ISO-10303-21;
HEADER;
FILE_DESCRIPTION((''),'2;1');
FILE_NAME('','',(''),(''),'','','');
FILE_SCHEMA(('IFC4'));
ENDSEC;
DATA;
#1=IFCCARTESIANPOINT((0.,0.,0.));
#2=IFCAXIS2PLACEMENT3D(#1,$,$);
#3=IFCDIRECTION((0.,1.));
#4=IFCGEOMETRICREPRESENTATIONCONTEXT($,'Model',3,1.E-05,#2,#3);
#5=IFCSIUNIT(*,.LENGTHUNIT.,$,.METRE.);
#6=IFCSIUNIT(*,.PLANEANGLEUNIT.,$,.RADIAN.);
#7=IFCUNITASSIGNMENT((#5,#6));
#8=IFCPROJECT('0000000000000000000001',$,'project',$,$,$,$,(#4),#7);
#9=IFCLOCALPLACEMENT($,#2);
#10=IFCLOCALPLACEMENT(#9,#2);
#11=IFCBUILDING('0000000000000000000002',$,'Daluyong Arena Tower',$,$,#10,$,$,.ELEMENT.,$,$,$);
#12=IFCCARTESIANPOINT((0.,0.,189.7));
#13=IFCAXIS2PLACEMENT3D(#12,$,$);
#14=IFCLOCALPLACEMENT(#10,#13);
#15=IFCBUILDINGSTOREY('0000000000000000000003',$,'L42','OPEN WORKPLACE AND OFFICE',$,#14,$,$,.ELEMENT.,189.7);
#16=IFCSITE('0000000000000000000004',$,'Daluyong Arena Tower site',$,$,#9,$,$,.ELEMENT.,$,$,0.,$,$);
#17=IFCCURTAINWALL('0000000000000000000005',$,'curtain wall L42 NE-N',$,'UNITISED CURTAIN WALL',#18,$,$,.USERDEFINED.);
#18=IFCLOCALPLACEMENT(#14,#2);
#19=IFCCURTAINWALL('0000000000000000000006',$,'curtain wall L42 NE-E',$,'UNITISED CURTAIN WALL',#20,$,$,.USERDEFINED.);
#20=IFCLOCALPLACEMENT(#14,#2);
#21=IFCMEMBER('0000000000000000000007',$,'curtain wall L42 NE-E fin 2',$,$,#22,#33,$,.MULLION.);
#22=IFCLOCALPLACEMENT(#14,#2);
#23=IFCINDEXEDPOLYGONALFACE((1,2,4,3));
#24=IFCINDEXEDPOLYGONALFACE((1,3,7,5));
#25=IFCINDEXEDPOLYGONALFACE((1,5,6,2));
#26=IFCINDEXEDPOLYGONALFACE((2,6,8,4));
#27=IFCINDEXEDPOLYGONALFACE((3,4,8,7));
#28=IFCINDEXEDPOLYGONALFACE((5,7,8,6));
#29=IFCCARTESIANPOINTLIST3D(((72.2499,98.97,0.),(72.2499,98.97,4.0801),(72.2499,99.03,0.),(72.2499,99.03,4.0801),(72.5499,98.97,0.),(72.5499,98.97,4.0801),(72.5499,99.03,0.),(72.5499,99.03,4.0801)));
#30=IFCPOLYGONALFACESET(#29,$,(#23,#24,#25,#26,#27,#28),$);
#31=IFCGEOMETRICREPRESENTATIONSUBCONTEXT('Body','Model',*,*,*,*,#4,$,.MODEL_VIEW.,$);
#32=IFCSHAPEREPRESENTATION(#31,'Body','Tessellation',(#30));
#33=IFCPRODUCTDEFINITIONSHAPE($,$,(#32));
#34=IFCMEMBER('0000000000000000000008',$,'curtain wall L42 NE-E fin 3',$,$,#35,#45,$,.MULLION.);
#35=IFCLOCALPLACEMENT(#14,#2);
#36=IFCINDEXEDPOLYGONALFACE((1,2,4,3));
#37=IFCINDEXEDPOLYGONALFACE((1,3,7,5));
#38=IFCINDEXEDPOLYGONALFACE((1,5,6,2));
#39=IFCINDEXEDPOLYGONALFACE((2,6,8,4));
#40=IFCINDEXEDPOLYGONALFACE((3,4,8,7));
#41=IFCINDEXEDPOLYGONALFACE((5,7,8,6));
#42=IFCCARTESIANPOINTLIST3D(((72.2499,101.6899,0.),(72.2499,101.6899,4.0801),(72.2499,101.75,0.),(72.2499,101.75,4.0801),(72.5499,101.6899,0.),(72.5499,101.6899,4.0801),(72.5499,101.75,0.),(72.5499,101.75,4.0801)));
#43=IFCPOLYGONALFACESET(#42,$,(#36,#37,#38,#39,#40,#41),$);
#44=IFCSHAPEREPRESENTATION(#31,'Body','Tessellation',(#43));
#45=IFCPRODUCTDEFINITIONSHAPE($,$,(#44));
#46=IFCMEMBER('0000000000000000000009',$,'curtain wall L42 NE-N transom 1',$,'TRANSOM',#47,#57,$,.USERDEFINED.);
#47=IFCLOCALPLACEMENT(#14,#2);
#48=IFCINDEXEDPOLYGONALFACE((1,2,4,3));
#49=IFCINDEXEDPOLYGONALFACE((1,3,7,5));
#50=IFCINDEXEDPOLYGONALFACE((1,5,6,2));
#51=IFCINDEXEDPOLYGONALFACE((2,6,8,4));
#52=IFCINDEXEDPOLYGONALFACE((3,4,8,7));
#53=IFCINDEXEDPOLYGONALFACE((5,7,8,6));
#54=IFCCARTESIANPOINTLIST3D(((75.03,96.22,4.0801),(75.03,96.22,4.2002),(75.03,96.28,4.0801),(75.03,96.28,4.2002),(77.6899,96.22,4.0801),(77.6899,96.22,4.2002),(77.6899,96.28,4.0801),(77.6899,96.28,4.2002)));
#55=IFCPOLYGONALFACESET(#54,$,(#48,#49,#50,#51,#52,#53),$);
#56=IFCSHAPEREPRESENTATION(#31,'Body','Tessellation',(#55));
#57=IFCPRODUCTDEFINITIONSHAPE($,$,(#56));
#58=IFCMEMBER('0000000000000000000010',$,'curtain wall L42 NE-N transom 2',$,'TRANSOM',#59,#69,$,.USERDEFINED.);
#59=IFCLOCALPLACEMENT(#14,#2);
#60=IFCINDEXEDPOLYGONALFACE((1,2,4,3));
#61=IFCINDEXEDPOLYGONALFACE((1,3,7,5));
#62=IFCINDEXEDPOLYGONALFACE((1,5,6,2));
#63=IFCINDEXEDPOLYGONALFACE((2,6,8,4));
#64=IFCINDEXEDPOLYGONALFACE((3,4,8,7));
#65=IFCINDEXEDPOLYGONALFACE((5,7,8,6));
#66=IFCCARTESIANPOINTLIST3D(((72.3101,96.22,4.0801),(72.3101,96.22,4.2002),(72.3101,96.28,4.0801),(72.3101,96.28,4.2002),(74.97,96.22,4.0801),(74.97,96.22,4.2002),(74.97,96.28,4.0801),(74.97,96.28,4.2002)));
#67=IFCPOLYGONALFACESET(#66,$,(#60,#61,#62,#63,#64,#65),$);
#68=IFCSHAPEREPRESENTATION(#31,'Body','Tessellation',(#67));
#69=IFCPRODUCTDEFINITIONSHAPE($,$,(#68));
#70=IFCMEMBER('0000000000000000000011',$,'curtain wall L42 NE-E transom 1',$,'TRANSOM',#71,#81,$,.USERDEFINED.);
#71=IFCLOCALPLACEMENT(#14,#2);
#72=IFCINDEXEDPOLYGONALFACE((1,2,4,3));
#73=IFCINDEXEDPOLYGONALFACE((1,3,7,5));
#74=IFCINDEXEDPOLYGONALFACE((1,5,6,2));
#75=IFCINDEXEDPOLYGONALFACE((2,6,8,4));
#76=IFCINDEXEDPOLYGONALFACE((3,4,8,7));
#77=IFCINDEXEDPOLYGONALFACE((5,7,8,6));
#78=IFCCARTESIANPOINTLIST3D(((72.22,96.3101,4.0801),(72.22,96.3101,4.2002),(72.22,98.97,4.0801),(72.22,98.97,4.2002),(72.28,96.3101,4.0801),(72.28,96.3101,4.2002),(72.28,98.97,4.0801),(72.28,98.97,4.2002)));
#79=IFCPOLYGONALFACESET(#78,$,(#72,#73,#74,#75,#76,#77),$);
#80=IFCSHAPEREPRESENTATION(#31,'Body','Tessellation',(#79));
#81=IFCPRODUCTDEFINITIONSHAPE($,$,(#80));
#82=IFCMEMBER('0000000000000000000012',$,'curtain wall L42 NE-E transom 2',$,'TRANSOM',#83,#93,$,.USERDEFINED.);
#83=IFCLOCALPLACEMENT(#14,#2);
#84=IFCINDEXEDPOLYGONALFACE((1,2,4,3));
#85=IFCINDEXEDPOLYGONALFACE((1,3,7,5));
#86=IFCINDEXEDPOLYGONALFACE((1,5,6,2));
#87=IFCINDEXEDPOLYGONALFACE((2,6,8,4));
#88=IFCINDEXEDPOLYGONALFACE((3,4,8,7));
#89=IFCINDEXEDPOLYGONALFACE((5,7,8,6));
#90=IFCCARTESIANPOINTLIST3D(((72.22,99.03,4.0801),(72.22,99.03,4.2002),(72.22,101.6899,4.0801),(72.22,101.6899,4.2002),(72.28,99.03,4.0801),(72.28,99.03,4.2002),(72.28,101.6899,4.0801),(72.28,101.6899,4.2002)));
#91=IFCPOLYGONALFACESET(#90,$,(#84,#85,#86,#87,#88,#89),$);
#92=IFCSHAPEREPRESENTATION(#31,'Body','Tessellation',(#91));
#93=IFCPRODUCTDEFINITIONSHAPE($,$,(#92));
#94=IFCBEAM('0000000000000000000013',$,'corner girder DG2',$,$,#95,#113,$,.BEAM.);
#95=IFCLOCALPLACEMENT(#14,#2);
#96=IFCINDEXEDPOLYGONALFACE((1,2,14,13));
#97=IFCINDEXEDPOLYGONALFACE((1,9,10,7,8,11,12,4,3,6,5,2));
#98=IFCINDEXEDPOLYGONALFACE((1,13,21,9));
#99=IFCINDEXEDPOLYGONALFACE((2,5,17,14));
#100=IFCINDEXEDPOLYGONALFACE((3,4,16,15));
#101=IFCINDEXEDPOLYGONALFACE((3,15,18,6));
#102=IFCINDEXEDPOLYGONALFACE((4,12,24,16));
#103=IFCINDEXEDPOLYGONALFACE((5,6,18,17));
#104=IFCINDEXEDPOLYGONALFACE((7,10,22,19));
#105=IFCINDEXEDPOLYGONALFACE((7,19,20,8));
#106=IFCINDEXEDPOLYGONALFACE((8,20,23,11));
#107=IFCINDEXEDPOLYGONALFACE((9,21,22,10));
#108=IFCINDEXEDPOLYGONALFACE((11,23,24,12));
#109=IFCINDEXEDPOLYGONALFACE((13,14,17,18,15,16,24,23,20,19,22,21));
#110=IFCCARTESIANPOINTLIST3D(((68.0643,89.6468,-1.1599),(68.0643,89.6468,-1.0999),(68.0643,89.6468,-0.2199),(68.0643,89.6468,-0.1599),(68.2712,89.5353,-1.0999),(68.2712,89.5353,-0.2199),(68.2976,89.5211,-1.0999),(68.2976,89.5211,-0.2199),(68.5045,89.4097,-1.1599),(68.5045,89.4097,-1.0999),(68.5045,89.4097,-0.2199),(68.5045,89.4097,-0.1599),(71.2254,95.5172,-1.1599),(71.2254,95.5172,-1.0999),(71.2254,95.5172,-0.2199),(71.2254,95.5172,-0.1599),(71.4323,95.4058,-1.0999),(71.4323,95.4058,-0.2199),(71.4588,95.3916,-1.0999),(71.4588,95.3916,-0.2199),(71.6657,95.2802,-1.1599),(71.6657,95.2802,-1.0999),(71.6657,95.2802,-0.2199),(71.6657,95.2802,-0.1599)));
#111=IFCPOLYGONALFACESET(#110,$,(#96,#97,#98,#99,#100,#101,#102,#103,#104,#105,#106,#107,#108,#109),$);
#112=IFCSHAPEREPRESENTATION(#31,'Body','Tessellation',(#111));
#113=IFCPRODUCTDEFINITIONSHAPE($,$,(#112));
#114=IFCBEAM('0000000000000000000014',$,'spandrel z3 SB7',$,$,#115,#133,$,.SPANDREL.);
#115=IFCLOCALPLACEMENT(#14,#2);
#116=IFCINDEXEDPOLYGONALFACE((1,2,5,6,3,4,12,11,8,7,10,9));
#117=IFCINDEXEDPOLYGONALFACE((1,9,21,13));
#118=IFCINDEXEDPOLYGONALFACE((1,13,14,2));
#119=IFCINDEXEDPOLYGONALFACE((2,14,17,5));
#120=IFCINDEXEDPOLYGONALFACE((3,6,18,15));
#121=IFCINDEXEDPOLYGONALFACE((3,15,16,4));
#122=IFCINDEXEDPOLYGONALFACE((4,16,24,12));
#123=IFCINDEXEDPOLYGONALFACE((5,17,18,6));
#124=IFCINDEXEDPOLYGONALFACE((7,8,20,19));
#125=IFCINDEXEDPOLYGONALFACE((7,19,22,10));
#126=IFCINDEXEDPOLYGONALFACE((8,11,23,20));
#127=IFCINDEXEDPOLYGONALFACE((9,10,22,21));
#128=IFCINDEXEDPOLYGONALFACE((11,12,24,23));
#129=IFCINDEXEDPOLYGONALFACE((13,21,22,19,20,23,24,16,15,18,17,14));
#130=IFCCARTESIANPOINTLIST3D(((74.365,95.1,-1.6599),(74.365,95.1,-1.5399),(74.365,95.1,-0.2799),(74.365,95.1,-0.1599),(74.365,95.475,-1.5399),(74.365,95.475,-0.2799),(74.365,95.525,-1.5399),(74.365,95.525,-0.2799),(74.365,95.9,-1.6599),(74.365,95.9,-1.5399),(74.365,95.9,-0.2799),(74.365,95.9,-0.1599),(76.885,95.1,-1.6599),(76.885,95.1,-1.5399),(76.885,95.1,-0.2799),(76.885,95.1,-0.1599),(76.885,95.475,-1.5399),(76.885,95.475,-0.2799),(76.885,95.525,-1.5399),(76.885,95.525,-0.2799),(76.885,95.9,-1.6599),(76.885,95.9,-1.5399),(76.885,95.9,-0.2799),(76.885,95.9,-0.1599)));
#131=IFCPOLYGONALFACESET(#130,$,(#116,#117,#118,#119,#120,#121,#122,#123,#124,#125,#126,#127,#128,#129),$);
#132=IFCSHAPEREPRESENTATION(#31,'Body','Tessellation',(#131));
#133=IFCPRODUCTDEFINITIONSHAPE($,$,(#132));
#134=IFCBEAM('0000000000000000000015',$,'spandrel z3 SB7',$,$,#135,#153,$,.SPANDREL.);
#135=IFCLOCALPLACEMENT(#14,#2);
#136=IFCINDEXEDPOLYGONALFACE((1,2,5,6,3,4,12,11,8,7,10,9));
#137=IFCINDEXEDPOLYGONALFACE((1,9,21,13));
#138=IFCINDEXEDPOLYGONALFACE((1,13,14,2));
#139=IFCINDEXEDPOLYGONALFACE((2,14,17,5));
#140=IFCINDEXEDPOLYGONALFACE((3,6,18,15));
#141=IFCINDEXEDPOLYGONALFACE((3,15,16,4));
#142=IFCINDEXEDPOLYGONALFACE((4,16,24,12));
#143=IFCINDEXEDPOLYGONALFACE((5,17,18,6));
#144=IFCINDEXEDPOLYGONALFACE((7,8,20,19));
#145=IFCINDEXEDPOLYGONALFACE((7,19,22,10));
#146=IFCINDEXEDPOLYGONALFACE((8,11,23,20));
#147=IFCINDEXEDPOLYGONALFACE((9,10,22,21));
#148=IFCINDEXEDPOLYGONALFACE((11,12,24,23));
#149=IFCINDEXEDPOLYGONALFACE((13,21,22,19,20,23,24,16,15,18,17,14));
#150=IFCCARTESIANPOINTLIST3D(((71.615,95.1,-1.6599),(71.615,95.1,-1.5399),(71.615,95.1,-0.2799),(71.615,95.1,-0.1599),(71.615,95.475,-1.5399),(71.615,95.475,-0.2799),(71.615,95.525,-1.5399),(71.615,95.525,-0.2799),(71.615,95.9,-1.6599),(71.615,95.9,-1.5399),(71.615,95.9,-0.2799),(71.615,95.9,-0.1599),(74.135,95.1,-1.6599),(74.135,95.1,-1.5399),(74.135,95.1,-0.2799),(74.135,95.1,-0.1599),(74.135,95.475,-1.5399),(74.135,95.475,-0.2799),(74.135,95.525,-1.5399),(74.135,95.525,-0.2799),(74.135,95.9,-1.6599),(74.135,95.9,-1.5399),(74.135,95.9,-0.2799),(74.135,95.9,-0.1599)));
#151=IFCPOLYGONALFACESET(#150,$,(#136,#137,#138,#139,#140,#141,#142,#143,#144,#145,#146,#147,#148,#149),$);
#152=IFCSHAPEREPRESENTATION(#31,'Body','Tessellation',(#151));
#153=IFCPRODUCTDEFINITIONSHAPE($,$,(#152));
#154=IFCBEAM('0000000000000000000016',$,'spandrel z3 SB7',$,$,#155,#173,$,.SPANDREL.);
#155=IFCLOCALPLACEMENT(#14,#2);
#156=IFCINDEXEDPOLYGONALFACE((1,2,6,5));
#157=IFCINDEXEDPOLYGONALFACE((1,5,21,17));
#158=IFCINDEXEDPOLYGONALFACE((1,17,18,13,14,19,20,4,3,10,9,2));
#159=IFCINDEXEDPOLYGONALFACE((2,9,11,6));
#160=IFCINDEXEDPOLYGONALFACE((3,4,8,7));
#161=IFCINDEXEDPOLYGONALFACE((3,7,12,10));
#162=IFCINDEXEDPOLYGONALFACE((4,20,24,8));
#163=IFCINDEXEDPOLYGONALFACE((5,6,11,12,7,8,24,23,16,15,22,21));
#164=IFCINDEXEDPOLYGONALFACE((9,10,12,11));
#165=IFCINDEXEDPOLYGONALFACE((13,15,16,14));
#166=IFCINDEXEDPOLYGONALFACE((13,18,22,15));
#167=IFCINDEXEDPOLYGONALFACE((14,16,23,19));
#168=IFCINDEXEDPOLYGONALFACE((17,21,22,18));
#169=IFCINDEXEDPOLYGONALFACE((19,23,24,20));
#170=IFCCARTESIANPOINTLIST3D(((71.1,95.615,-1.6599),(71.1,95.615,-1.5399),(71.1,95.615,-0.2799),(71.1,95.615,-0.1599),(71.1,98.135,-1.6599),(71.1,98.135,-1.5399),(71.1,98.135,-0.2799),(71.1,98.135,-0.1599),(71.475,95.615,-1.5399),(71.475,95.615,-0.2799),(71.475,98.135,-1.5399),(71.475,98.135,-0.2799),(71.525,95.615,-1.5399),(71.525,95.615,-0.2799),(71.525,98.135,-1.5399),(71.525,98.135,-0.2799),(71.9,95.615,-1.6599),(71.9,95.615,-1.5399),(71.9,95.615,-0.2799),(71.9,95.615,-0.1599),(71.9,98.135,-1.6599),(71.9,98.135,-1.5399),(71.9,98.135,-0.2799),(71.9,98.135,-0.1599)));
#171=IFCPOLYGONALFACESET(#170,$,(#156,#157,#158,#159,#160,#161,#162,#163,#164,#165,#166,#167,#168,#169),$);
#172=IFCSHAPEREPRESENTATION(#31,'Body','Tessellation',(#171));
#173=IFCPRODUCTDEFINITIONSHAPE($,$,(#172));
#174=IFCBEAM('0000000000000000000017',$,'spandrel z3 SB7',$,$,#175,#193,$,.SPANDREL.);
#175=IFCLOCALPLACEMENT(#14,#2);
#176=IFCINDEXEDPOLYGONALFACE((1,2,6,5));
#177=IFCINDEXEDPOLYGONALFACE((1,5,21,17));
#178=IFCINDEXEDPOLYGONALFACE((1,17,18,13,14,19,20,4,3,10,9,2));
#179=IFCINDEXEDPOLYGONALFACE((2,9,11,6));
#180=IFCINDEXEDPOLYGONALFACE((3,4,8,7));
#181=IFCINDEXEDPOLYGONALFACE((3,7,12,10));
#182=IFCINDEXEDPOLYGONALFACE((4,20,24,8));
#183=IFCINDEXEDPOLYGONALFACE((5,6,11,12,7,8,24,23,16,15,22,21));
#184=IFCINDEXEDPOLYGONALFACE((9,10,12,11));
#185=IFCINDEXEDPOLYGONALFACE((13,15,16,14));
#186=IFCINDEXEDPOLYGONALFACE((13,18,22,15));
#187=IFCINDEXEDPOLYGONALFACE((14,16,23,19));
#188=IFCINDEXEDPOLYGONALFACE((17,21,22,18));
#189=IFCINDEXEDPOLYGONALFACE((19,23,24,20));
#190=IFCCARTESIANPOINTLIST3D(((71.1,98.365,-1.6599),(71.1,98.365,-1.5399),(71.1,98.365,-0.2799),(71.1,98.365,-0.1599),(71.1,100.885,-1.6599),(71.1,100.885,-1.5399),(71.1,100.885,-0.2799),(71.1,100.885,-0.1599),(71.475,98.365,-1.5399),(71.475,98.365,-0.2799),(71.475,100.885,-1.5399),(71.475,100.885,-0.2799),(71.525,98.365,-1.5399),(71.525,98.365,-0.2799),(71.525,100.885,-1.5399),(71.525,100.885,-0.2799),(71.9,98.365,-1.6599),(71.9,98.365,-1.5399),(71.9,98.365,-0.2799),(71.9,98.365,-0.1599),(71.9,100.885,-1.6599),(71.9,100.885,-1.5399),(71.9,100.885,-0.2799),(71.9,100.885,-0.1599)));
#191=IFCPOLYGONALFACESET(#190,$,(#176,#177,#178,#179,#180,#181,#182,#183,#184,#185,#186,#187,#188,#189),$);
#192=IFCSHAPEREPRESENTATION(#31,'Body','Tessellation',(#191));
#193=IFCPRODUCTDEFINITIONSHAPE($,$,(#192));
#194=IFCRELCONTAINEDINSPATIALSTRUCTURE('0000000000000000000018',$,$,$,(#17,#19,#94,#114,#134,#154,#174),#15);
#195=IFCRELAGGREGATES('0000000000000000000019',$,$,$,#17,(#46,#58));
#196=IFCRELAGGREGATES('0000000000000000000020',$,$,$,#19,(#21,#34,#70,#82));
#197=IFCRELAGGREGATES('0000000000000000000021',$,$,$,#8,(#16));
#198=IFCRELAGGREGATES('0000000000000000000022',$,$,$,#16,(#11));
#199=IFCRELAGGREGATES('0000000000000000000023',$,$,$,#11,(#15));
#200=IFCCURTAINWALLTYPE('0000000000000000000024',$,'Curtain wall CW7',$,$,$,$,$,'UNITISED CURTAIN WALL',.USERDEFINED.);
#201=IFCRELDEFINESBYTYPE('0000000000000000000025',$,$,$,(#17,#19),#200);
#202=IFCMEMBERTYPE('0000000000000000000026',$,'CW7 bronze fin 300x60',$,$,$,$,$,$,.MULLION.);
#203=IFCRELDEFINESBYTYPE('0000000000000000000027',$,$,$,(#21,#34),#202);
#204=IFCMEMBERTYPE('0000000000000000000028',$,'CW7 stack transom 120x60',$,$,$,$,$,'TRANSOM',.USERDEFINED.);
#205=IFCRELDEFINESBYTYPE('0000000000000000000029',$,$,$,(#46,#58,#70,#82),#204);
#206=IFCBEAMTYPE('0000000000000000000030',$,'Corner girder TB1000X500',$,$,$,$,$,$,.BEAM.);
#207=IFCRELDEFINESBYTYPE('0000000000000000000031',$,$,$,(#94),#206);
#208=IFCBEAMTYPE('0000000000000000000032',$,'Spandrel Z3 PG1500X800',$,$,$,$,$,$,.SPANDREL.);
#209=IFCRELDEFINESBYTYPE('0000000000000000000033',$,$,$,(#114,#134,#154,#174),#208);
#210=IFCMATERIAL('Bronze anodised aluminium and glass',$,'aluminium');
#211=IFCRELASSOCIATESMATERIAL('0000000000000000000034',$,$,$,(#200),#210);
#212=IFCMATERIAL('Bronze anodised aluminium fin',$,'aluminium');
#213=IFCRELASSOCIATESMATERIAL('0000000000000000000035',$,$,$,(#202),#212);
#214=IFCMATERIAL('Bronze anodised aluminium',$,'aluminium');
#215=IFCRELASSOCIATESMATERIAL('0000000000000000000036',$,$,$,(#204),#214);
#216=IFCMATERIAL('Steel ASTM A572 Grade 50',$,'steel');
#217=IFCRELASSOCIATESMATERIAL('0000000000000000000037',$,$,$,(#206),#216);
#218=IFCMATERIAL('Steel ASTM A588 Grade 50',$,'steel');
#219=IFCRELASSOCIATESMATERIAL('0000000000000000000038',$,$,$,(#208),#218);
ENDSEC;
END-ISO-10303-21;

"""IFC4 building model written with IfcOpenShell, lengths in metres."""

from ifc_helpers import new_model, si_unit, direction, frame, origin, origin_2d, place, context, subcontext, project, spatial, rectangle, i_section, extrude, material, material_profile, profile_set, type_object, element, aggregate, save


model = new_model("IFC4")

# Units and contexts
model_context = context("Model", 3, precision=1e-05, world=origin(), true_north=direction((0.0, 1.0)))
body_context = subcontext(model_context, "Body", "Model", "MODEL_VIEW")
ifc_project = project(units=[si_unit("LENGTHUNIT", "METRE"), si_unit("PLANEANGLEUNIT", "RADIAN")], contexts=[model_context])

# Site, building, storey
site_placement = place(None, origin())
site = spatial("IfcSite", under=ifc_project, at=site_placement, Name="Daluyong Arena Tower site", CompositionType="ELEMENT", RefElevation=0.0)
building_placement = place(site_placement, origin())
building = spatial("IfcBuilding", under=site, at=building_placement, Name="Daluyong Arena Tower", CompositionType="ELEMENT")
storey_placement = place(building_placement, frame((0.0, 0.0, 189.7)))
storey = spatial("IfcBuildingStorey", under=building, at=storey_placement, Name="L42", Description="OPEN WORKPLACE AND OFFICE", CompositionType="ELEMENT", Elevation=189.7)

# Curtain walls, members
ifc_material_1 = material(Name="Bronze anodised aluminium and glass", Category="aluminium")
curtain_wall_type_1 = type_object("IfcCurtainWallType", Name="Curtain wall CW7", ElementType="UNITISED CURTAIN WALL", PredefinedType="USERDEFINED", material=ifc_material_1)
curtain_wall_1_placement = place(storey_placement, origin())
curtain_wall_1 = element("IfcCurtainWall", 1, at=curtain_wall_1_placement, inside=storey, type_object=curtain_wall_type_1, Name="curtain wall L42 NE-N", ObjectType="UNITISED CURTAIN WALL", PredefinedType="USERDEFINED")
ifc_material_2 = material(Name="Bronze anodised aluminium fin", Category="aluminium")
ifc_material_profile_1 = material_profile(ifc_material_2, rectangle(XDim=0.3, YDim=0.0601, at=origin_2d()))
ifc_profile_set_1 = profile_set([ifc_material_profile_1], Name="Bronze anodised aluminium fin")
member_type_1 = type_object("IfcMemberType", Name="CW7 bronze fin 300x60", PredefinedType="MULLION", material=ifc_profile_set_1)
curtain_wall_2_placement = place(storey_placement, origin())
curtain_wall_2 = element("IfcCurtainWall", 2, at=curtain_wall_2_placement, inside=storey, type_object=curtain_wall_type_1, Name="curtain wall L42 NE-E", ObjectType="UNITISED CURTAIN WALL", PredefinedType="USERDEFINED")
member_1_placement = place(storey_placement, frame((72.3999, 99.0, 0.0), z_axis=(0.0, 0.0, 1.0), x_axis=(-1.0, 0.0, 0.0)))
member_1 = element("IfcMember", 3, at=member_1_placement, type_object=member_type_1, Name="curtain wall L42 NE-E fin 2", PredefinedType="MULLION", context=body_context, shape_type="SweptSolid", body=[
    extrude(rectangle(XDim=0.3, YDim=0.0601, at=origin_2d()), origin(), (0.0, 0.0, 1.0), 4.0801),
])
member_2_placement = place(storey_placement, frame((72.3999, 101.72, 0.0), z_axis=(0.0, 0.0, 1.0), x_axis=(-1.0, 0.0, 0.0)))
member_2 = element("IfcMember", 4, at=member_2_placement, type_object=member_type_1, Name="curtain wall L42 NE-E fin 3", PredefinedType="MULLION", context=body_context, shape_type="SweptSolid", body=[
    extrude(rectangle(XDim=0.3, YDim=0.0601, at=origin_2d()), origin(), (0.0, 0.0, 1.0), 4.0801),
])

# Members
ifc_material_3 = material(Name="Bronze anodised aluminium", Category="aluminium")
ifc_material_profile_2 = material_profile(ifc_material_3, rectangle(XDim=0.0601, YDim=0.1201, at=origin_2d()))
ifc_profile_set_2 = profile_set([ifc_material_profile_2], Name="Bronze anodised aluminium")
member_type_2 = type_object("IfcMemberType", Name="CW7 stack transom 120x60", ElementType="TRANSOM", PredefinedType="USERDEFINED", material=ifc_profile_set_2)
member_3_placement = place(storey_placement, frame((77.6899, 96.25, 4.1401), z_axis=(-1.0, 0.0, 0.0), x_axis=(0.0, -1.0, 0.0)))
member_3 = element("IfcMember", 5, at=member_3_placement, type_object=member_type_2, Name="curtain wall L42 NE-N transom 1", ObjectType="TRANSOM", PredefinedType="USERDEFINED", context=body_context, shape_type="SweptSolid", body=[
    extrude(rectangle(XDim=0.0601, YDim=0.1201, at=origin_2d()), origin(), (0.0, 0.0, 1.0), 2.6599),
])
member_4_placement = place(storey_placement, frame((74.97, 96.25, 4.1401), z_axis=(-1.0, 0.0, 0.0), x_axis=(0.0, -1.0, 0.0)))
member_4 = element("IfcMember", 6, at=member_4_placement, type_object=member_type_2, Name="curtain wall L42 NE-N transom 2", ObjectType="TRANSOM", PredefinedType="USERDEFINED", context=body_context, shape_type="SweptSolid", body=[
    extrude(rectangle(XDim=0.0601, YDim=0.1201, at=origin_2d()), origin(), (0.0, 0.0, 1.0), 2.6599),
])
member_5_placement = place(storey_placement, frame((72.25, 96.3101, 4.1401), z_axis=(0.0, 1.0, 0.0), x_axis=(-1.0, 0.0, 0.0)))
member_5 = element("IfcMember", 7, at=member_5_placement, type_object=member_type_2, Name="curtain wall L42 NE-E transom 1", ObjectType="TRANSOM", PredefinedType="USERDEFINED", context=body_context, shape_type="SweptSolid", body=[
    extrude(rectangle(XDim=0.0601, YDim=0.1201, at=origin_2d()), origin(), (0.0, 0.0, 1.0), 2.6599),
])
member_6_placement = place(storey_placement, frame((72.25, 99.03, 4.1401), z_axis=(0.0, 1.0, 0.0), x_axis=(-1.0, 0.0, 0.0)))
member_6 = element("IfcMember", 8, at=member_6_placement, type_object=member_type_2, Name="curtain wall L42 NE-E transom 2", ObjectType="TRANSOM", PredefinedType="USERDEFINED", context=body_context, shape_type="SweptSolid", body=[
    extrude(rectangle(XDim=0.0601, YDim=0.1201, at=origin_2d()), origin(), (0.0, 0.0, 1.0), 2.6599),
])

# Beams
ifc_material_4 = material(Name="Steel ASTM A572 Grade 50", Category="steel")
ifc_material_profile_3 = material_profile(ifc_material_4, i_section(OverallWidth=0.5, OverallDepth=1.0, WebThickness=0.03, FlangeThickness=0.06, at=origin_2d()))
ifc_profile_set_3 = profile_set([ifc_material_profile_3], Name="Steel ASTM A572 Grade 50")
beam_type_1 = type_object("IfcBeamType", Name="Corner girder TB1000X500", PredefinedType="BEAM", material=ifc_profile_set_3)
beam_1_placement = place(storey_placement, frame((71.4456, 95.3987, -0.6599), z_axis=(-0.474119, -0.880461, 0.0), x_axis=(0.880461, -0.474119, 0.0)))
element("IfcBeam", 9, at=beam_1_placement, inside=storey, type_object=beam_type_1, Name="corner girder DG2", PredefinedType="BEAM", context=body_context, shape_type="SweptSolid", body=[
    extrude(i_section(OverallWidth=0.5, OverallDepth=1.0, WebThickness=0.03, FlangeThickness=0.06, at=origin_2d()), origin(), (0.0, 0.0, 1.0), 6.6675),
])
ifc_material_5 = material(Name="Steel ASTM A588 Grade 50", Category="steel")
ifc_material_profile_4 = material_profile(ifc_material_5, i_section(OverallWidth=0.8, OverallDepth=1.5, WebThickness=0.05, FlangeThickness=0.12, at=origin_2d()))
ifc_profile_set_4 = profile_set([ifc_material_profile_4], Name="Steel ASTM A588 Grade 50")
beam_type_2 = type_object("IfcBeamType", Name="Spandrel Z3 PG1500X800", PredefinedType="SPANDREL", material=ifc_profile_set_4)
for number, where, z_axis, x_axis, name in (
    (10, (76.885, 95.5, -0.9099), (-1.0, 0.0, 0.0), (0.0, -1.0, 0.0), "spandrel z3 SB7"),
    (11, (74.135, 95.5, -0.9099), (-1.0, 0.0, 0.0), (0.0, -1.0, 0.0), "spandrel z3 SB7"),
    (12, (71.5, 95.615, -0.9099), (0.0, 1.0, 0.0), (-1.0, 0.0, 0.0), "spandrel z3 SB7"),
    (13, (71.5, 98.365, -0.9099), (0.0, 1.0, 0.0), (-1.0, 0.0, 0.0), "spandrel z3 SB7"),
):
    element("IfcBeam", number, at=place(storey_placement, frame(where, z_axis=z_axis, x_axis=x_axis)), inside=storey, type_object=beam_type_2, Name=name, PredefinedType="SPANDREL", context=body_context, shape_type="SweptSolid", body=[
        extrude(i_section(OverallWidth=0.8, OverallDepth=1.5, WebThickness=0.05, FlangeThickness=0.12, at=origin_2d()), origin(), (0.0, 0.0, 1.0), 2.52),
    ])

aggregate(curtain_wall_1, [member_3, member_4])
aggregate(curtain_wall_2, [member_1, member_2, member_5, member_6])

save(model, "model.ifc")
